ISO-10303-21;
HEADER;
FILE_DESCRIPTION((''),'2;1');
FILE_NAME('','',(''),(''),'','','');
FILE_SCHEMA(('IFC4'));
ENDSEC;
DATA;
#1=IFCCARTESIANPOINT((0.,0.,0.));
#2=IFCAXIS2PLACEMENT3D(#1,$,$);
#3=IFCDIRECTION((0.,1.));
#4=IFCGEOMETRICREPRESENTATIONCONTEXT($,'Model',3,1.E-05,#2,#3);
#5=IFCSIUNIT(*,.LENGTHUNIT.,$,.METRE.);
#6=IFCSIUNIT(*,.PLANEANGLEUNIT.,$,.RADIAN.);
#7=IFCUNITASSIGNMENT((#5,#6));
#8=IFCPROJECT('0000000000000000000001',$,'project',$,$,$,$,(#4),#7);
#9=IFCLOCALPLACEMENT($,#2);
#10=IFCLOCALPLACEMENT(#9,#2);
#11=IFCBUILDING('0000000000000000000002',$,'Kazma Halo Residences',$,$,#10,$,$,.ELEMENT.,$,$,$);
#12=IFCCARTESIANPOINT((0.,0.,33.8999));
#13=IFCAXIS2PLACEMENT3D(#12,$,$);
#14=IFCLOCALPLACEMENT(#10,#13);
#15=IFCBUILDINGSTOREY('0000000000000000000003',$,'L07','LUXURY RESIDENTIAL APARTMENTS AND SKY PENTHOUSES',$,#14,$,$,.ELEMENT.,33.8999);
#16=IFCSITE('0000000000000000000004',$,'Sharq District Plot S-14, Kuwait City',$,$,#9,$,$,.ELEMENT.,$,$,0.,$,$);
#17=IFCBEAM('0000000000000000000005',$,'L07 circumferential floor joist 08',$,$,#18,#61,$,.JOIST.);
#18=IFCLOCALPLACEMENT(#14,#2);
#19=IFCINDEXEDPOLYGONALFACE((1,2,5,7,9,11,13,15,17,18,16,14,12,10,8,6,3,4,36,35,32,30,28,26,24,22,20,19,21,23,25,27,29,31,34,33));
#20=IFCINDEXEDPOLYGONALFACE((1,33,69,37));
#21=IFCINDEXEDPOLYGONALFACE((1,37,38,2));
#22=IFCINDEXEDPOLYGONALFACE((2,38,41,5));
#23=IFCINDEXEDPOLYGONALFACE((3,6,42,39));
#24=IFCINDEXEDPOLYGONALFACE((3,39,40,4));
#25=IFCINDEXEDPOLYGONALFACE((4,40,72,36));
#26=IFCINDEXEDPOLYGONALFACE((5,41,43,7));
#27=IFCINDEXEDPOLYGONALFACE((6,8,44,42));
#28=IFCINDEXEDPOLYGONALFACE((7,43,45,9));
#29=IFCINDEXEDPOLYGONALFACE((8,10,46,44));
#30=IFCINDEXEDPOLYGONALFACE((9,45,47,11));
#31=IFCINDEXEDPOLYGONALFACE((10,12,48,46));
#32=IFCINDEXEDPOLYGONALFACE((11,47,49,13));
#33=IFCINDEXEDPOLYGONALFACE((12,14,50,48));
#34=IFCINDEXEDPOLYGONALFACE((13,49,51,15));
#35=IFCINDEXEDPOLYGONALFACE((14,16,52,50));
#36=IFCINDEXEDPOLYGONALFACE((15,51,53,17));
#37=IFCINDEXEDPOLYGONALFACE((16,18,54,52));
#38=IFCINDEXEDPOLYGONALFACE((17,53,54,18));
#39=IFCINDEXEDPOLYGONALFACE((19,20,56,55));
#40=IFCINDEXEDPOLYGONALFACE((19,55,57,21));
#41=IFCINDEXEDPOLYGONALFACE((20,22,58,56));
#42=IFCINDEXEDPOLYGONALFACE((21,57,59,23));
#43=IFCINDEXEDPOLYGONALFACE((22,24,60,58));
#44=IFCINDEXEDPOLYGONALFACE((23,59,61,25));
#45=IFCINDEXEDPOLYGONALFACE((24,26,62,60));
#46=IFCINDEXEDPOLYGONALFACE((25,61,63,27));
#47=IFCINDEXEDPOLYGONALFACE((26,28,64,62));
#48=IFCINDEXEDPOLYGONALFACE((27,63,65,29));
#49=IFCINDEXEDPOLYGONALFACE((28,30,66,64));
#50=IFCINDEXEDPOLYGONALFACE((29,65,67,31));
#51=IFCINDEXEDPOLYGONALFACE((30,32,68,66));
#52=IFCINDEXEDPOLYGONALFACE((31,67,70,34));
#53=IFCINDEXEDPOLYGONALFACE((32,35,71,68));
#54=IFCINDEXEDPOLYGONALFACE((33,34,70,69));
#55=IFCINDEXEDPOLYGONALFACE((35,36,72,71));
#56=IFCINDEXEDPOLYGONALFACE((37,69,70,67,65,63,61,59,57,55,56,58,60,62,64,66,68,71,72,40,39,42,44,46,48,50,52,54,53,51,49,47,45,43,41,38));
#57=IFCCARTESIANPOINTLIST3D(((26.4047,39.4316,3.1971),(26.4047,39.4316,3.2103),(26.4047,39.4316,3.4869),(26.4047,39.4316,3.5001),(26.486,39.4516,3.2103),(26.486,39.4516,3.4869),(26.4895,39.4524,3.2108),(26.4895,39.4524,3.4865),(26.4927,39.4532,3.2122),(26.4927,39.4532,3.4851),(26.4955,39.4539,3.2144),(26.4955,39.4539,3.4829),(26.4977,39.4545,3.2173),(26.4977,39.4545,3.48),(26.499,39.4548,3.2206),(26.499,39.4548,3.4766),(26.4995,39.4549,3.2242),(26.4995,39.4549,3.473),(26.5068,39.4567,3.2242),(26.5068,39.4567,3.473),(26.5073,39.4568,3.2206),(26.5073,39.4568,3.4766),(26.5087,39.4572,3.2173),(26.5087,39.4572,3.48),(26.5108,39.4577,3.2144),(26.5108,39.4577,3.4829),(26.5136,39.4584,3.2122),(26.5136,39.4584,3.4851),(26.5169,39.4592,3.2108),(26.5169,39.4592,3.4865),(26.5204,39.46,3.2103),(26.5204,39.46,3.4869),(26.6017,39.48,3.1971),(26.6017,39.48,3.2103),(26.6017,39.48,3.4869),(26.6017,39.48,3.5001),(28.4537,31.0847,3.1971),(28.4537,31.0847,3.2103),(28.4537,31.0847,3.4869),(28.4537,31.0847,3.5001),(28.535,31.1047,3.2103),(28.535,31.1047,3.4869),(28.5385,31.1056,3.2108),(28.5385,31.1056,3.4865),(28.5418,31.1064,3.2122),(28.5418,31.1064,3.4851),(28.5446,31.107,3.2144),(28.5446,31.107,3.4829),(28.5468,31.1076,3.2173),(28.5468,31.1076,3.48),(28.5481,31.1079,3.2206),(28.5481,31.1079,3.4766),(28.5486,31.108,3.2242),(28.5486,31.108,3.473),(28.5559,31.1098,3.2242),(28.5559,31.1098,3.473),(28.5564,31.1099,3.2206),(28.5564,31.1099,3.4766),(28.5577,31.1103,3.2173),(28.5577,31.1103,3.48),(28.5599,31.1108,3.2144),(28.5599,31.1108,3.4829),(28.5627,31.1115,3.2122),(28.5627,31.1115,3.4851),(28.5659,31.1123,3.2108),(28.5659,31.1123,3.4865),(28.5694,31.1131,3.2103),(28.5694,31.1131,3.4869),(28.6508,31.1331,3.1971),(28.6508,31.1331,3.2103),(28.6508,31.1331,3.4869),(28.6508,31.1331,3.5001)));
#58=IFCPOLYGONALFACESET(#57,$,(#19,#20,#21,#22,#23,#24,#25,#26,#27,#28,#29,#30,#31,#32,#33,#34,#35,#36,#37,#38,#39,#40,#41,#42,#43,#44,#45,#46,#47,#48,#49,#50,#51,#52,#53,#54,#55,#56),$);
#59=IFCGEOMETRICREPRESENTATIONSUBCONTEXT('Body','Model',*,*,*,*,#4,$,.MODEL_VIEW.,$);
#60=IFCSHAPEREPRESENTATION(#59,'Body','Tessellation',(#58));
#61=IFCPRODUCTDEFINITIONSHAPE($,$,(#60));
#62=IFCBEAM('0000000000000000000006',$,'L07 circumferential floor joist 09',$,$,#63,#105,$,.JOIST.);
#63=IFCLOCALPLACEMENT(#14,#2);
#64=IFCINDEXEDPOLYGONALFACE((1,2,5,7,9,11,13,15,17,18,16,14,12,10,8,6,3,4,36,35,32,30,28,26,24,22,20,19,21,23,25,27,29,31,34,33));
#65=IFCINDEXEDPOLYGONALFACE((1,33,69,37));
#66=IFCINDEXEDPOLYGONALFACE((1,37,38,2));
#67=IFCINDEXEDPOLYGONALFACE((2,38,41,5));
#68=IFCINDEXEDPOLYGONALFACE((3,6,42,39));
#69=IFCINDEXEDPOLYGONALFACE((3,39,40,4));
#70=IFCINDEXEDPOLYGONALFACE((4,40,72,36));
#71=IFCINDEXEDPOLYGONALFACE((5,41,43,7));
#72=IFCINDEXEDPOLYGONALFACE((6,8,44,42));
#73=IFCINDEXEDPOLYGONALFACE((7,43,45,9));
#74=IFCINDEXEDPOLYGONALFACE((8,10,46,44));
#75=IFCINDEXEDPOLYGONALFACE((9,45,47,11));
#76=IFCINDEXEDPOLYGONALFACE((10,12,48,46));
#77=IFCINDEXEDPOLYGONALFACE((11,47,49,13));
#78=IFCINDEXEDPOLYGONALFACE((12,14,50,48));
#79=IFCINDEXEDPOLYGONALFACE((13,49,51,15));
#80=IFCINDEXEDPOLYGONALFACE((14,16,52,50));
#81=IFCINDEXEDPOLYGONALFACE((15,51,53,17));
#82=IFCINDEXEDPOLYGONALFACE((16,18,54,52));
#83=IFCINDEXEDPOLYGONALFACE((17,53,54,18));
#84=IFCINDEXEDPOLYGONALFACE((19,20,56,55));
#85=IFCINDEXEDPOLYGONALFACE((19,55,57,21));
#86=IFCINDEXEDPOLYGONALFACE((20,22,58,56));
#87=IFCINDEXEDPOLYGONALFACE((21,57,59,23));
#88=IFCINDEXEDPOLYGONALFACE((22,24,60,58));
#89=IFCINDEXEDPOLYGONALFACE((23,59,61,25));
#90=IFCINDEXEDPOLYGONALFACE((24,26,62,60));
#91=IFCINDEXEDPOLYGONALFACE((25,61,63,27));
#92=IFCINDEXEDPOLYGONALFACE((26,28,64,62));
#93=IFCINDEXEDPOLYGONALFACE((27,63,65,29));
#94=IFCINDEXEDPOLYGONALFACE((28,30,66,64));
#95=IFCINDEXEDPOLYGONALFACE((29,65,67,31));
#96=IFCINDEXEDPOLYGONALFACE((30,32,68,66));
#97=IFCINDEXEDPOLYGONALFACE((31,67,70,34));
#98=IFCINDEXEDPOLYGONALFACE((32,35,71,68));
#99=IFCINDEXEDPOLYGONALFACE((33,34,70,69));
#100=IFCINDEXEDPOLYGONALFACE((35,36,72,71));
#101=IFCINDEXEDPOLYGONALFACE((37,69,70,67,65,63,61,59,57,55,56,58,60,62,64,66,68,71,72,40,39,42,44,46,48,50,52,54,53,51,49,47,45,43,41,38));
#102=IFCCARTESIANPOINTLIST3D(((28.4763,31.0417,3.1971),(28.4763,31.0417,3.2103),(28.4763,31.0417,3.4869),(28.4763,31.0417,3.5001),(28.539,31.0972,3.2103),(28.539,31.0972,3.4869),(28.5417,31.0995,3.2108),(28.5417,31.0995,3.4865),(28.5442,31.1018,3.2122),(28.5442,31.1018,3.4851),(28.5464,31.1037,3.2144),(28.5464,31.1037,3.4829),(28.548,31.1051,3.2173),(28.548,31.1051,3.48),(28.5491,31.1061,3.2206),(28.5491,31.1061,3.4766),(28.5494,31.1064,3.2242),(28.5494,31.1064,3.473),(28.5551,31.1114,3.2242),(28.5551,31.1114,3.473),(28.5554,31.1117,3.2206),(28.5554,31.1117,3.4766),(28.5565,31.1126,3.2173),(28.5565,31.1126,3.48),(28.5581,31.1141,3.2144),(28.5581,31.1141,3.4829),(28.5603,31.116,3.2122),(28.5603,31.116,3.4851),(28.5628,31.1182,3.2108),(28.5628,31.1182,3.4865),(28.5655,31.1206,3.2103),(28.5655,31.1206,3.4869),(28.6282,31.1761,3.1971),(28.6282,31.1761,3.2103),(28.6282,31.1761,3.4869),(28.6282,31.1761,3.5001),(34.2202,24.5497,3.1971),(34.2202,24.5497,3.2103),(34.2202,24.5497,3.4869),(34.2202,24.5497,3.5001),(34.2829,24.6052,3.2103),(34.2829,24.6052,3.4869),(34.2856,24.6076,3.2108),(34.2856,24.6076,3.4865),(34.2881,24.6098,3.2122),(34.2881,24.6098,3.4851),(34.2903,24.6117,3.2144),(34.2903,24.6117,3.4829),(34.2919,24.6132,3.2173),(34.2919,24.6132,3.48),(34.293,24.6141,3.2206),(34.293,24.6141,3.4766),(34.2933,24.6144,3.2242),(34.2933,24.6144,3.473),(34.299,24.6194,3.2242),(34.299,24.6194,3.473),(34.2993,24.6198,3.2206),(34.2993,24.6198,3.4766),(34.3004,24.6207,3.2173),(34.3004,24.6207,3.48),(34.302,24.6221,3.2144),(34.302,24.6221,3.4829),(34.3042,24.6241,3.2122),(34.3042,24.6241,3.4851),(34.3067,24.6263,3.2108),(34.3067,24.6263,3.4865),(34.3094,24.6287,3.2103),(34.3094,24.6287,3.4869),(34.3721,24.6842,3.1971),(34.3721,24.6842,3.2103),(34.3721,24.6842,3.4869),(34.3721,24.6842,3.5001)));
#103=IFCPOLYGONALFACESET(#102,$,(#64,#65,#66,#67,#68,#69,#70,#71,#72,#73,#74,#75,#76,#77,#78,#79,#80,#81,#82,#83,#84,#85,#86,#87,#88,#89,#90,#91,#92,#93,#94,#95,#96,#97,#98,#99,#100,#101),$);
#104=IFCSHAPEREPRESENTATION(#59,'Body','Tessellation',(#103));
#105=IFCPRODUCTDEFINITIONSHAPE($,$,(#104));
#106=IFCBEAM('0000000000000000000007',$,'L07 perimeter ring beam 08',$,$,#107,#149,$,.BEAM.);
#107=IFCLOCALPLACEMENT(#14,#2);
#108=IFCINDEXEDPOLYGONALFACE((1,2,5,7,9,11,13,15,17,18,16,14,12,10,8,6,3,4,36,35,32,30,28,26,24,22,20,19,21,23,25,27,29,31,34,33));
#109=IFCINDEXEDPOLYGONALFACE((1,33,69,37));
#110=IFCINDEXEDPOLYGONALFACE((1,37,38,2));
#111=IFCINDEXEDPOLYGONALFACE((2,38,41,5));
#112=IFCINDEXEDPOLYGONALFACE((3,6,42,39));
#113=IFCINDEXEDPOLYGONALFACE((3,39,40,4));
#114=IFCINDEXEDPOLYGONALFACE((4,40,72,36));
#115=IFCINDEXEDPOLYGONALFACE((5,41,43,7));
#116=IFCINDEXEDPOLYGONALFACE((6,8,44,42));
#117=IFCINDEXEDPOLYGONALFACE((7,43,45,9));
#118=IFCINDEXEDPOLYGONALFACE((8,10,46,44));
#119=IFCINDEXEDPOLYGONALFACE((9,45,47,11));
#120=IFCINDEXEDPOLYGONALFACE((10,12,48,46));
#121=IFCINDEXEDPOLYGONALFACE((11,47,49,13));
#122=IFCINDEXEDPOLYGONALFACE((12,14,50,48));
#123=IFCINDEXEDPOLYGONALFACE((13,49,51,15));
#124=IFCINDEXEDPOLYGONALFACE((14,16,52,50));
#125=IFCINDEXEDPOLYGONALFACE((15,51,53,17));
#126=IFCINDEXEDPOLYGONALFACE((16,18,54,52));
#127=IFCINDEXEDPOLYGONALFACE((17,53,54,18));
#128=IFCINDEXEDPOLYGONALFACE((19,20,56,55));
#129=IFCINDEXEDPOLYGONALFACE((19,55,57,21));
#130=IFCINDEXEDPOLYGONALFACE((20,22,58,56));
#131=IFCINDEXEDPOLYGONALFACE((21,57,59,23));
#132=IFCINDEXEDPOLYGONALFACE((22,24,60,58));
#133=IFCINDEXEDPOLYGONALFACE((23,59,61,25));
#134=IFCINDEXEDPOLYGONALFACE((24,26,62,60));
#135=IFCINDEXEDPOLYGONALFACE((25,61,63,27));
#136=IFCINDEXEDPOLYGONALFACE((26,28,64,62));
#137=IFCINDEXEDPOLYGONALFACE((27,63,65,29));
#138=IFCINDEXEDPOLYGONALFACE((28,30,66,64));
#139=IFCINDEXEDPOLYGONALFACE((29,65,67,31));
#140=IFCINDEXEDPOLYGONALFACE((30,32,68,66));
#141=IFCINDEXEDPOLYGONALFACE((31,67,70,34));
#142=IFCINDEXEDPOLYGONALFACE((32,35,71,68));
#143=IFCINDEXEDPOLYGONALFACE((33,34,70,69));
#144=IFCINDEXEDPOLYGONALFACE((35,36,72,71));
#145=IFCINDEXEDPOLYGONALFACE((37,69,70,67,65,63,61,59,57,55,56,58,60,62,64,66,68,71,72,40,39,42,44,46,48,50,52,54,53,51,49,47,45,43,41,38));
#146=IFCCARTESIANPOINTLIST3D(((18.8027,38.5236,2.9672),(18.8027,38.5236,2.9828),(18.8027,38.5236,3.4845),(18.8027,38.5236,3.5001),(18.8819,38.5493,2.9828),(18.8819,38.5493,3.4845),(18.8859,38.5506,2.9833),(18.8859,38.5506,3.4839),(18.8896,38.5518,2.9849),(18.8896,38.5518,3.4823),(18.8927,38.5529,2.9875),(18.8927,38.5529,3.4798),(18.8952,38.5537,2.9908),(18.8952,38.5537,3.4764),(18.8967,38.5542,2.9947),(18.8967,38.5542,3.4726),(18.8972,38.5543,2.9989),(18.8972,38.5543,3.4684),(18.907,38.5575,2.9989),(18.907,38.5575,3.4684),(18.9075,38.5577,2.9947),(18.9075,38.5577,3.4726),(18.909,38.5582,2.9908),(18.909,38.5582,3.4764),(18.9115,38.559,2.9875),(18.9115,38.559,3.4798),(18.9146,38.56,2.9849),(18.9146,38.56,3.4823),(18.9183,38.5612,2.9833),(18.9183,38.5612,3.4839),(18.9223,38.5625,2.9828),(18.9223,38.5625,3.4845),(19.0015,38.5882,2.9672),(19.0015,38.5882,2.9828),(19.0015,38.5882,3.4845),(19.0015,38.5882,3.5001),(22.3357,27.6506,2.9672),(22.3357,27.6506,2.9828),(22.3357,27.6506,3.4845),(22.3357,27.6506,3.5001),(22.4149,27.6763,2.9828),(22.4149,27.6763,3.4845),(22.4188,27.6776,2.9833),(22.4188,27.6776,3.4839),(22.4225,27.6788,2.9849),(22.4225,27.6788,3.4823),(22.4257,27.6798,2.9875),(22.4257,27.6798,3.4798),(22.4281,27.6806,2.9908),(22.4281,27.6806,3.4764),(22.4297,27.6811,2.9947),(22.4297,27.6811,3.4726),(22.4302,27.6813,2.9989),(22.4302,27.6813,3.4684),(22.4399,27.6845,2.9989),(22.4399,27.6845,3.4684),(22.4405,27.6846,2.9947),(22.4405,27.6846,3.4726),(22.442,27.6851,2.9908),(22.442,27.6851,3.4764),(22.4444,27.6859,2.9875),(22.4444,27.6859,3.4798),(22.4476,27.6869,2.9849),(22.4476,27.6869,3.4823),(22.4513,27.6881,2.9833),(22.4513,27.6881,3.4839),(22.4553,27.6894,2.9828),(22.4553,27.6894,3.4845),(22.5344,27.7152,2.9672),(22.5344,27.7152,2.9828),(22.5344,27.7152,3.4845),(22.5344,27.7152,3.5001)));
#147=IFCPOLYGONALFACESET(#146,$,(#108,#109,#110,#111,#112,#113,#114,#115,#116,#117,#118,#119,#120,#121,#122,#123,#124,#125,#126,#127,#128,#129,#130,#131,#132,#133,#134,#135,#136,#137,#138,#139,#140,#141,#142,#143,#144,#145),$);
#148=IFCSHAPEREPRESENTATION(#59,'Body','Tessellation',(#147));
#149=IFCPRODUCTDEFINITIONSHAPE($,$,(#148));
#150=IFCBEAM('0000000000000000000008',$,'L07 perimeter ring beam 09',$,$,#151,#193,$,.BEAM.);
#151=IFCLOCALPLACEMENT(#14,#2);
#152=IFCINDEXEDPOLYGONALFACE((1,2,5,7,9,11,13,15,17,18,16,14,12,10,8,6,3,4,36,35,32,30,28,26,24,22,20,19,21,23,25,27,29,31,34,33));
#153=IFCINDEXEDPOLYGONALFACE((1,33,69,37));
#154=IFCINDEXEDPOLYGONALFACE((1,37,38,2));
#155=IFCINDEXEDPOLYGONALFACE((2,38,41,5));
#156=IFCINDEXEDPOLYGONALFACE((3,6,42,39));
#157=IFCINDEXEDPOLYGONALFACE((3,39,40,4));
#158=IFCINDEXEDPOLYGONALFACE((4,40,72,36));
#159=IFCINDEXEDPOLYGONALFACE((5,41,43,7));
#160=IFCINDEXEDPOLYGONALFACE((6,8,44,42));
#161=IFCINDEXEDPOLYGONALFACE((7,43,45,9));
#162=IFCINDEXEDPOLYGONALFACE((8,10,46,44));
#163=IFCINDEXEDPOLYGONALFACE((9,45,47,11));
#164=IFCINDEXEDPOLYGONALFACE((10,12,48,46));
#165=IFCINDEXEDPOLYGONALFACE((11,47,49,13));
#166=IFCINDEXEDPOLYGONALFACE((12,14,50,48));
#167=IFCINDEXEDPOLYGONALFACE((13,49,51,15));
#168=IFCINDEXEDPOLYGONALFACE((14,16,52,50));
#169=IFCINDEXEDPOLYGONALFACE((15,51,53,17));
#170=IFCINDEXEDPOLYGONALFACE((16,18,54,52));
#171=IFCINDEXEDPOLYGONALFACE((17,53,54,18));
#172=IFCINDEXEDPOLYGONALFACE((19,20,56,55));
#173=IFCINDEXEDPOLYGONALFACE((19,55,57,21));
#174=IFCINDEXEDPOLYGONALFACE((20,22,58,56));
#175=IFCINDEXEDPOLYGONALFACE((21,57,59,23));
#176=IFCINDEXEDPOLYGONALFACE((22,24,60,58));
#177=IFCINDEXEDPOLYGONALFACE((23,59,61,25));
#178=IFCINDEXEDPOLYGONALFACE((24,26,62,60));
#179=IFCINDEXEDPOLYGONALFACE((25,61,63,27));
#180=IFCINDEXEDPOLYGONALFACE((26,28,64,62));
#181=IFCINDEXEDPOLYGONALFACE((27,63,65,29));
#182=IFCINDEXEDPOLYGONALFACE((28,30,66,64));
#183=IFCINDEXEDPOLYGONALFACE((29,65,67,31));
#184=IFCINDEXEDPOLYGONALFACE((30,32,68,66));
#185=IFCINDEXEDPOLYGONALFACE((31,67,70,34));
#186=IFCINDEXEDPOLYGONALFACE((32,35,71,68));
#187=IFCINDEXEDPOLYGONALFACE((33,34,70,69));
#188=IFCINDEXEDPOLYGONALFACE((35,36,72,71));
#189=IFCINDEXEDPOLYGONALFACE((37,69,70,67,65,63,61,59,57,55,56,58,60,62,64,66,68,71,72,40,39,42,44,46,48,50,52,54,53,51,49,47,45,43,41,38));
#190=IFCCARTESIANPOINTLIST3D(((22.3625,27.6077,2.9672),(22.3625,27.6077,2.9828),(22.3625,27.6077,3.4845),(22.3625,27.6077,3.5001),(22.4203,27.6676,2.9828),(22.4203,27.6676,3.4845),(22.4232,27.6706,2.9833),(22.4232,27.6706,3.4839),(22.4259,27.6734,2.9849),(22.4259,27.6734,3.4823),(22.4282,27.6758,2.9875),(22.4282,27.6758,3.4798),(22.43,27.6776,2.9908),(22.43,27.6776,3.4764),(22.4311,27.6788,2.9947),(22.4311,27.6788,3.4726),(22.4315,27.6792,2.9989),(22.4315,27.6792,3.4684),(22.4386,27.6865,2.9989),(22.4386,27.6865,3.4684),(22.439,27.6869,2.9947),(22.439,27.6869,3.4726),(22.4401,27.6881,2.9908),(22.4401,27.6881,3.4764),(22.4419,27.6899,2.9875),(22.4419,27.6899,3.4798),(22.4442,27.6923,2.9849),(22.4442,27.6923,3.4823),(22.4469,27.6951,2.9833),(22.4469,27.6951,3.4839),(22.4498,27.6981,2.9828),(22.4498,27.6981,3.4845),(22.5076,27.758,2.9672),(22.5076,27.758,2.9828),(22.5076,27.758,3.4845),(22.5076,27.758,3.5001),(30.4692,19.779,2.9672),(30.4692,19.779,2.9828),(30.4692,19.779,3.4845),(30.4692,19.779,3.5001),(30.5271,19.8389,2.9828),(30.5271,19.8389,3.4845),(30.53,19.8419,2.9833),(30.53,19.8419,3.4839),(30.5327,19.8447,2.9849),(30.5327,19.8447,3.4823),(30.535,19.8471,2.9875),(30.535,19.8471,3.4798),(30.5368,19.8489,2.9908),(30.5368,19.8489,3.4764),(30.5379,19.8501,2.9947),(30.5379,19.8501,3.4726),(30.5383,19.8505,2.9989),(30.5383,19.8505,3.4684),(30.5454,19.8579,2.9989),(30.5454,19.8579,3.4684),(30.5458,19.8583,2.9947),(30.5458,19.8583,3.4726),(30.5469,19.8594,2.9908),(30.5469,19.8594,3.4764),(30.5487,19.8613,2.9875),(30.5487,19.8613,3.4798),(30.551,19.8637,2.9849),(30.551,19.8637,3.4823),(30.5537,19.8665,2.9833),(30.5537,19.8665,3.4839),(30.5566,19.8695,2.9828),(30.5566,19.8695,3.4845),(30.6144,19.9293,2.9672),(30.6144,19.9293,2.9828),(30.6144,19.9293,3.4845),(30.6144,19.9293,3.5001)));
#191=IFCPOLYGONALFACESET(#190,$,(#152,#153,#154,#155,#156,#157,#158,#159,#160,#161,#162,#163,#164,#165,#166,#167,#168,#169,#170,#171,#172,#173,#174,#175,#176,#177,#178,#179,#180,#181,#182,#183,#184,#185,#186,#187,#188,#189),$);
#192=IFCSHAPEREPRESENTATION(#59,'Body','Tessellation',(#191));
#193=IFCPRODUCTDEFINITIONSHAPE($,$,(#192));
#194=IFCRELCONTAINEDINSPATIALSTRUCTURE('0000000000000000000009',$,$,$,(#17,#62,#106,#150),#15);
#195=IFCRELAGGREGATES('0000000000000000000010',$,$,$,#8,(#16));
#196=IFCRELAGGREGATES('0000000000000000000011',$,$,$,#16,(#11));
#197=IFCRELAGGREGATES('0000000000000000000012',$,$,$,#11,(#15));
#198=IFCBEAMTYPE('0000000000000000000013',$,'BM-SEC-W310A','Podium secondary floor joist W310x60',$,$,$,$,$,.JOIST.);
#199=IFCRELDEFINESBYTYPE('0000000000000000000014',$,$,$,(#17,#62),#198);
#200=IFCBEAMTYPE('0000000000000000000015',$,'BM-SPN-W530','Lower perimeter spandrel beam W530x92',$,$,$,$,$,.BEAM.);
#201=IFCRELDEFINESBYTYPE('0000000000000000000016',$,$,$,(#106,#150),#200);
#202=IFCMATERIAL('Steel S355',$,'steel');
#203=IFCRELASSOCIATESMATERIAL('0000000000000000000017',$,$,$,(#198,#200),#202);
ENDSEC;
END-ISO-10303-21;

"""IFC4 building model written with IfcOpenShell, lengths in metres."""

from ifc_helpers import new_model, si_unit, direction, frame, origin, origin_2d, place, context, subcontext, project, spatial, i_section, extrude, material, material_profile, profile_set, type_object, element, save


model = new_model("IFC4")

# Units and contexts
model_context = context("Model", 3, precision=1e-05, world=origin(), true_north=direction((0.0, 1.0)))
body_context = subcontext(model_context, "Body", "Model", "MODEL_VIEW")
ifc_project = project(units=[si_unit("LENGTHUNIT", "METRE"), si_unit("PLANEANGLEUNIT", "RADIAN")], contexts=[model_context])

# Site, building, storey
site_placement = place(None, origin())
site = spatial("IfcSite", under=ifc_project, at=site_placement, Name="Sharq District Plot S-14, Kuwait City", CompositionType="ELEMENT", RefElevation=0.0)
building_placement = place(site_placement, origin())
building = spatial("IfcBuilding", under=site, at=building_placement, Name="Kazma Halo Residences", CompositionType="ELEMENT")
storey_placement = place(building_placement, frame((0.0, 0.0, 33.8999)))
storey = spatial("IfcBuildingStorey", under=building, at=storey_placement, Name="L07", Description="LUXURY RESIDENTIAL APARTMENTS AND SKY PENTHOUSES", CompositionType="ELEMENT", Elevation=33.8999)

# Beams
ifc_material_1 = material(Name="Steel S355", Category="steel")
ifc_material_profile_1 = material_profile(ifc_material_1, i_section(OverallWidth=0.2029, OverallDepth=0.303, WebThickness=0.0076, FlangeThickness=0.0132, FilletRadius=0.0139, at=origin_2d()), Name="W310x60")
ifc_profile_set_1 = profile_set([ifc_material_profile_1], Name="Steel S355")
beam_type_1 = type_object("IfcBeamType", Name="BM-SEC-W310A", Description="Podium secondary floor joist W310x60", PredefinedType="JOIST", material=ifc_profile_set_1)
beam_1_placement = place(storey_placement, frame((26.5032, 39.4558, 3.3486), z_axis=(0.23841, -0.971165, 0.0), x_axis=(0.971165, 0.23841, 0.0)))
element("IfcBeam", 1, at=beam_1_placement, inside=storey, type_object=beam_type_1, Name="L07 circumferential floor joist 08", PredefinedType="JOIST", context=body_context, shape_type="SweptSolid", body=[
    extrude(i_section(OverallWidth=0.2029, OverallDepth=0.303, WebThickness=0.0076, FlangeThickness=0.0132, FilletRadius=0.0139, at=origin_2d()), origin(), (0.0, 0.0, 1.0), 8.5947),
])
beam_2_placement = place(storey_placement, frame((28.5522, 31.1089, 3.3486), z_axis=(0.66264, -0.748938, 0.0), x_axis=(0.748938, 0.66264, 0.0)))
element("IfcBeam", 2, at=beam_2_placement, inside=storey, type_object=beam_type_1, Name="L07 circumferential floor joist 09", PredefinedType="JOIST", context=body_context, shape_type="SweptSolid", body=[
    extrude(i_section(OverallWidth=0.2029, OverallDepth=0.303, WebThickness=0.0076, FlangeThickness=0.0132, FilletRadius=0.0139, at=origin_2d()), origin(), (0.0, 0.0, 1.0), 8.6682),
])
ifc_material_profile_2 = material_profile(ifc_material_1, i_section(OverallWidth=0.209, OverallDepth=0.533, WebThickness=0.0103, FlangeThickness=0.0156, FilletRadius=0.0161, at=origin_2d()), Name="W530x92")
ifc_profile_set_2 = profile_set([ifc_material_profile_2], Name="Steel S355")
beam_type_2 = type_object("IfcBeamType", Name="BM-SPN-W530", Description="Lower perimeter spandrel beam W530x92", PredefinedType="BEAM", material=ifc_profile_set_2)
beam_3_placement = place(storey_placement, frame((18.9021, 38.5559, 3.2336), z_axis=(0.309024, -0.951054, 0.0), x_axis=(0.951054, 0.309024, 0.0)))
element("IfcBeam", 3, at=beam_3_placement, inside=storey, type_object=beam_type_2, Name="L07 perimeter ring beam 08", PredefinedType="BEAM", context=body_context, shape_type="SweptSolid", body=[
    extrude(i_section(OverallWidth=0.209, OverallDepth=0.533, WebThickness=0.0103, FlangeThickness=0.0156, FilletRadius=0.0161, at=origin_2d()), origin(), (0.0, 0.0, 1.0), 11.4326),
])
beam_4_placement = place(storey_placement, frame((22.4351, 27.6829, 3.2336), z_axis=(0.719337, -0.694662, 0.0), x_axis=(0.694662, 0.719337, 0.0)))
element("IfcBeam", 4, at=beam_4_placement, inside=storey, type_object=beam_type_2, Name="L07 perimeter ring beam 09", PredefinedType="BEAM", context=body_context, shape_type="SweptSolid", body=[
    extrude(i_section(OverallWidth=0.209, OverallDepth=0.533, WebThickness=0.0103, FlangeThickness=0.0156, FilletRadius=0.0161, at=origin_2d()), origin(), (0.0, 0.0, 1.0), 11.2698),
])

save(model, "model.ifc")
